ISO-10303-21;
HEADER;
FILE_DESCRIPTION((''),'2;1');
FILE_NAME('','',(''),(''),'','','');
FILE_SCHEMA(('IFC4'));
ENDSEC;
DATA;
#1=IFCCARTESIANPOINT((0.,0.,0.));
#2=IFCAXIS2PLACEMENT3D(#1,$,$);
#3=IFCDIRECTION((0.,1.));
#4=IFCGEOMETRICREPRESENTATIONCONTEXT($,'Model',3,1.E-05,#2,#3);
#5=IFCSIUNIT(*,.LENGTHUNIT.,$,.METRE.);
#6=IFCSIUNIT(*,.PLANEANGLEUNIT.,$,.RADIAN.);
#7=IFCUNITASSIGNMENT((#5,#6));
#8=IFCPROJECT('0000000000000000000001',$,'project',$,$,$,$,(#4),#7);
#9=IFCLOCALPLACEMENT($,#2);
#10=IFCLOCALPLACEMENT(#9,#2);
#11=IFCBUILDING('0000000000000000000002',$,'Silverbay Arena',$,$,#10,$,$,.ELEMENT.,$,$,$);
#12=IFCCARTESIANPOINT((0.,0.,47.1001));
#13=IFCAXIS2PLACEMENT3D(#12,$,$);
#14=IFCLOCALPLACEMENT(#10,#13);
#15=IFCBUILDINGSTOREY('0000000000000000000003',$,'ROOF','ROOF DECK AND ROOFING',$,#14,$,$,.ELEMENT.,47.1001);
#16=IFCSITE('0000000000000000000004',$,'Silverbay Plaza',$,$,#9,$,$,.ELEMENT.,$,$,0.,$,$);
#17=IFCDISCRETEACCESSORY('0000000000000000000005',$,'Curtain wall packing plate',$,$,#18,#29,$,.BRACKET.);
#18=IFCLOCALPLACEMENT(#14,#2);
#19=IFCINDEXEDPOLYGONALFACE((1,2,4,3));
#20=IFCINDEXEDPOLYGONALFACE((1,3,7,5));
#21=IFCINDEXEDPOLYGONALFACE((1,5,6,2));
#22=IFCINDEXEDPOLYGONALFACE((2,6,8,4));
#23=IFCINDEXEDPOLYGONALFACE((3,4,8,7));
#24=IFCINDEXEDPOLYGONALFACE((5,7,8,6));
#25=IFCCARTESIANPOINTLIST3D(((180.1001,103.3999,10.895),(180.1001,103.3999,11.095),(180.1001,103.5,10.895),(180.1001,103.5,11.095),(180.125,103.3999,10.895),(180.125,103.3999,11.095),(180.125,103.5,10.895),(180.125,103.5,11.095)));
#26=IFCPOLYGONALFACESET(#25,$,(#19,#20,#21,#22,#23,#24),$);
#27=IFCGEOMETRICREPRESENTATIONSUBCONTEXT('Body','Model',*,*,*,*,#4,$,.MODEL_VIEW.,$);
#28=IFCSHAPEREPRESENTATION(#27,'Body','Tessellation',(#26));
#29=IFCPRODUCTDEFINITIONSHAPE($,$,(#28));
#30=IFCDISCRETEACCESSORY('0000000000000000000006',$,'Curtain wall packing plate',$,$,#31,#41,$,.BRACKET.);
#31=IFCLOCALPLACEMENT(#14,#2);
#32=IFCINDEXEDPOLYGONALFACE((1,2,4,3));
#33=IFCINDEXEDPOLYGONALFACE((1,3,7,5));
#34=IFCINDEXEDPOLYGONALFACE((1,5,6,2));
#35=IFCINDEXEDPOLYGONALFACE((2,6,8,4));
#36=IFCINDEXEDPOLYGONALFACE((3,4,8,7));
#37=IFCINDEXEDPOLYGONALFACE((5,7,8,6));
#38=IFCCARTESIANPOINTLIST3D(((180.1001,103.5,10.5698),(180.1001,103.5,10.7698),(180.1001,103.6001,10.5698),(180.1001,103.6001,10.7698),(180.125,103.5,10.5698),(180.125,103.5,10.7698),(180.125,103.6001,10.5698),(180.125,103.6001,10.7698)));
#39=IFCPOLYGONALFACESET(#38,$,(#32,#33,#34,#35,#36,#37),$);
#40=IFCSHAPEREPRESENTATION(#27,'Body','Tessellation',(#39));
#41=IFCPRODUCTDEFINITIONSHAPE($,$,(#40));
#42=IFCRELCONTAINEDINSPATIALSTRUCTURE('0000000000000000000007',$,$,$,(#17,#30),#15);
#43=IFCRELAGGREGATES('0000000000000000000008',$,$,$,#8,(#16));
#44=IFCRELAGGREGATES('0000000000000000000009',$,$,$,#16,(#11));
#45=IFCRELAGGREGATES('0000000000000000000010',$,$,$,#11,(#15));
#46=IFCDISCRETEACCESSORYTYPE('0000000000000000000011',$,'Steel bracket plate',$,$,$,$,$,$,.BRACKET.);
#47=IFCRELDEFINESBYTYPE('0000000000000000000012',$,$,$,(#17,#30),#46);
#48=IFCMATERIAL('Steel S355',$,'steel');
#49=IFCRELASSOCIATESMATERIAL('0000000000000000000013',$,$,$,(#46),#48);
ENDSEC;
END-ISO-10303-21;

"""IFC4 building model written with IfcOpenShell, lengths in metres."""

from ifc_helpers import new_model, si_unit, direction, frame, origin, origin_2d, place, context, subcontext, project, spatial, rectangle, extrude, material, type_object, element, save


model = new_model("IFC4")

# Units and contexts
model_context = context("Model", 3, precision=1e-05, world=origin(), true_north=direction((0.0, 1.0)))
body_context = subcontext(model_context, "Body", "Model", "MODEL_VIEW")
ifc_project = project(units=[si_unit("LENGTHUNIT", "METRE"), si_unit("PLANEANGLEUNIT", "RADIAN")], contexts=[model_context])

# Site, building, storey
site_placement = place(None, origin())
site = spatial("IfcSite", under=ifc_project, at=site_placement, Name="Silverbay Plaza", CompositionType="ELEMENT", RefElevation=0.0)
building_placement = place(site_placement, origin())
building = spatial("IfcBuilding", under=site, at=building_placement, Name="Silverbay Arena", CompositionType="ELEMENT")
storey_placement = place(building_placement, frame((0.0, 0.0, 47.1001)))
storey = spatial("IfcBuildingStorey", under=building, at=storey_placement, Name="ROOF", Description="ROOF DECK AND ROOFING", CompositionType="ELEMENT", Elevation=47.1001)

# Discrete accessories
ifc_material_1 = material(Name="Steel S355", Category="steel")
discrete_accessory_type = type_object("IfcDiscreteAccessoryType", Name="Steel bracket plate", PredefinedType="BRACKET", material=ifc_material_1)
for number, where, z_axis, x_axis, name in (
    (1, (180.1125, 103.45, 10.895), (0.0, 0.0, 1.0), (1.0, 0.0, 0.0), "Curtain wall packing plate"),
    (2, (180.1125, 103.55, 10.5698), (0.0, 0.0, 1.0), (1.0, 0.0, 0.0), "Curtain wall packing plate"),
):
    element("IfcDiscreteAccessory", number, at=place(storey_placement, frame(where, z_axis=z_axis, x_axis=x_axis)), inside=storey, type_object=discrete_accessory_type, Name=name, PredefinedType="BRACKET", context=body_context, shape_type="SweptSolid", body=[
        extrude(rectangle(XDim=0.0249, YDim=0.1001, at=origin_2d()), origin(), (0.0, 0.0, 1.0), 0.2),
    ])

save(model, "model.ifc")
